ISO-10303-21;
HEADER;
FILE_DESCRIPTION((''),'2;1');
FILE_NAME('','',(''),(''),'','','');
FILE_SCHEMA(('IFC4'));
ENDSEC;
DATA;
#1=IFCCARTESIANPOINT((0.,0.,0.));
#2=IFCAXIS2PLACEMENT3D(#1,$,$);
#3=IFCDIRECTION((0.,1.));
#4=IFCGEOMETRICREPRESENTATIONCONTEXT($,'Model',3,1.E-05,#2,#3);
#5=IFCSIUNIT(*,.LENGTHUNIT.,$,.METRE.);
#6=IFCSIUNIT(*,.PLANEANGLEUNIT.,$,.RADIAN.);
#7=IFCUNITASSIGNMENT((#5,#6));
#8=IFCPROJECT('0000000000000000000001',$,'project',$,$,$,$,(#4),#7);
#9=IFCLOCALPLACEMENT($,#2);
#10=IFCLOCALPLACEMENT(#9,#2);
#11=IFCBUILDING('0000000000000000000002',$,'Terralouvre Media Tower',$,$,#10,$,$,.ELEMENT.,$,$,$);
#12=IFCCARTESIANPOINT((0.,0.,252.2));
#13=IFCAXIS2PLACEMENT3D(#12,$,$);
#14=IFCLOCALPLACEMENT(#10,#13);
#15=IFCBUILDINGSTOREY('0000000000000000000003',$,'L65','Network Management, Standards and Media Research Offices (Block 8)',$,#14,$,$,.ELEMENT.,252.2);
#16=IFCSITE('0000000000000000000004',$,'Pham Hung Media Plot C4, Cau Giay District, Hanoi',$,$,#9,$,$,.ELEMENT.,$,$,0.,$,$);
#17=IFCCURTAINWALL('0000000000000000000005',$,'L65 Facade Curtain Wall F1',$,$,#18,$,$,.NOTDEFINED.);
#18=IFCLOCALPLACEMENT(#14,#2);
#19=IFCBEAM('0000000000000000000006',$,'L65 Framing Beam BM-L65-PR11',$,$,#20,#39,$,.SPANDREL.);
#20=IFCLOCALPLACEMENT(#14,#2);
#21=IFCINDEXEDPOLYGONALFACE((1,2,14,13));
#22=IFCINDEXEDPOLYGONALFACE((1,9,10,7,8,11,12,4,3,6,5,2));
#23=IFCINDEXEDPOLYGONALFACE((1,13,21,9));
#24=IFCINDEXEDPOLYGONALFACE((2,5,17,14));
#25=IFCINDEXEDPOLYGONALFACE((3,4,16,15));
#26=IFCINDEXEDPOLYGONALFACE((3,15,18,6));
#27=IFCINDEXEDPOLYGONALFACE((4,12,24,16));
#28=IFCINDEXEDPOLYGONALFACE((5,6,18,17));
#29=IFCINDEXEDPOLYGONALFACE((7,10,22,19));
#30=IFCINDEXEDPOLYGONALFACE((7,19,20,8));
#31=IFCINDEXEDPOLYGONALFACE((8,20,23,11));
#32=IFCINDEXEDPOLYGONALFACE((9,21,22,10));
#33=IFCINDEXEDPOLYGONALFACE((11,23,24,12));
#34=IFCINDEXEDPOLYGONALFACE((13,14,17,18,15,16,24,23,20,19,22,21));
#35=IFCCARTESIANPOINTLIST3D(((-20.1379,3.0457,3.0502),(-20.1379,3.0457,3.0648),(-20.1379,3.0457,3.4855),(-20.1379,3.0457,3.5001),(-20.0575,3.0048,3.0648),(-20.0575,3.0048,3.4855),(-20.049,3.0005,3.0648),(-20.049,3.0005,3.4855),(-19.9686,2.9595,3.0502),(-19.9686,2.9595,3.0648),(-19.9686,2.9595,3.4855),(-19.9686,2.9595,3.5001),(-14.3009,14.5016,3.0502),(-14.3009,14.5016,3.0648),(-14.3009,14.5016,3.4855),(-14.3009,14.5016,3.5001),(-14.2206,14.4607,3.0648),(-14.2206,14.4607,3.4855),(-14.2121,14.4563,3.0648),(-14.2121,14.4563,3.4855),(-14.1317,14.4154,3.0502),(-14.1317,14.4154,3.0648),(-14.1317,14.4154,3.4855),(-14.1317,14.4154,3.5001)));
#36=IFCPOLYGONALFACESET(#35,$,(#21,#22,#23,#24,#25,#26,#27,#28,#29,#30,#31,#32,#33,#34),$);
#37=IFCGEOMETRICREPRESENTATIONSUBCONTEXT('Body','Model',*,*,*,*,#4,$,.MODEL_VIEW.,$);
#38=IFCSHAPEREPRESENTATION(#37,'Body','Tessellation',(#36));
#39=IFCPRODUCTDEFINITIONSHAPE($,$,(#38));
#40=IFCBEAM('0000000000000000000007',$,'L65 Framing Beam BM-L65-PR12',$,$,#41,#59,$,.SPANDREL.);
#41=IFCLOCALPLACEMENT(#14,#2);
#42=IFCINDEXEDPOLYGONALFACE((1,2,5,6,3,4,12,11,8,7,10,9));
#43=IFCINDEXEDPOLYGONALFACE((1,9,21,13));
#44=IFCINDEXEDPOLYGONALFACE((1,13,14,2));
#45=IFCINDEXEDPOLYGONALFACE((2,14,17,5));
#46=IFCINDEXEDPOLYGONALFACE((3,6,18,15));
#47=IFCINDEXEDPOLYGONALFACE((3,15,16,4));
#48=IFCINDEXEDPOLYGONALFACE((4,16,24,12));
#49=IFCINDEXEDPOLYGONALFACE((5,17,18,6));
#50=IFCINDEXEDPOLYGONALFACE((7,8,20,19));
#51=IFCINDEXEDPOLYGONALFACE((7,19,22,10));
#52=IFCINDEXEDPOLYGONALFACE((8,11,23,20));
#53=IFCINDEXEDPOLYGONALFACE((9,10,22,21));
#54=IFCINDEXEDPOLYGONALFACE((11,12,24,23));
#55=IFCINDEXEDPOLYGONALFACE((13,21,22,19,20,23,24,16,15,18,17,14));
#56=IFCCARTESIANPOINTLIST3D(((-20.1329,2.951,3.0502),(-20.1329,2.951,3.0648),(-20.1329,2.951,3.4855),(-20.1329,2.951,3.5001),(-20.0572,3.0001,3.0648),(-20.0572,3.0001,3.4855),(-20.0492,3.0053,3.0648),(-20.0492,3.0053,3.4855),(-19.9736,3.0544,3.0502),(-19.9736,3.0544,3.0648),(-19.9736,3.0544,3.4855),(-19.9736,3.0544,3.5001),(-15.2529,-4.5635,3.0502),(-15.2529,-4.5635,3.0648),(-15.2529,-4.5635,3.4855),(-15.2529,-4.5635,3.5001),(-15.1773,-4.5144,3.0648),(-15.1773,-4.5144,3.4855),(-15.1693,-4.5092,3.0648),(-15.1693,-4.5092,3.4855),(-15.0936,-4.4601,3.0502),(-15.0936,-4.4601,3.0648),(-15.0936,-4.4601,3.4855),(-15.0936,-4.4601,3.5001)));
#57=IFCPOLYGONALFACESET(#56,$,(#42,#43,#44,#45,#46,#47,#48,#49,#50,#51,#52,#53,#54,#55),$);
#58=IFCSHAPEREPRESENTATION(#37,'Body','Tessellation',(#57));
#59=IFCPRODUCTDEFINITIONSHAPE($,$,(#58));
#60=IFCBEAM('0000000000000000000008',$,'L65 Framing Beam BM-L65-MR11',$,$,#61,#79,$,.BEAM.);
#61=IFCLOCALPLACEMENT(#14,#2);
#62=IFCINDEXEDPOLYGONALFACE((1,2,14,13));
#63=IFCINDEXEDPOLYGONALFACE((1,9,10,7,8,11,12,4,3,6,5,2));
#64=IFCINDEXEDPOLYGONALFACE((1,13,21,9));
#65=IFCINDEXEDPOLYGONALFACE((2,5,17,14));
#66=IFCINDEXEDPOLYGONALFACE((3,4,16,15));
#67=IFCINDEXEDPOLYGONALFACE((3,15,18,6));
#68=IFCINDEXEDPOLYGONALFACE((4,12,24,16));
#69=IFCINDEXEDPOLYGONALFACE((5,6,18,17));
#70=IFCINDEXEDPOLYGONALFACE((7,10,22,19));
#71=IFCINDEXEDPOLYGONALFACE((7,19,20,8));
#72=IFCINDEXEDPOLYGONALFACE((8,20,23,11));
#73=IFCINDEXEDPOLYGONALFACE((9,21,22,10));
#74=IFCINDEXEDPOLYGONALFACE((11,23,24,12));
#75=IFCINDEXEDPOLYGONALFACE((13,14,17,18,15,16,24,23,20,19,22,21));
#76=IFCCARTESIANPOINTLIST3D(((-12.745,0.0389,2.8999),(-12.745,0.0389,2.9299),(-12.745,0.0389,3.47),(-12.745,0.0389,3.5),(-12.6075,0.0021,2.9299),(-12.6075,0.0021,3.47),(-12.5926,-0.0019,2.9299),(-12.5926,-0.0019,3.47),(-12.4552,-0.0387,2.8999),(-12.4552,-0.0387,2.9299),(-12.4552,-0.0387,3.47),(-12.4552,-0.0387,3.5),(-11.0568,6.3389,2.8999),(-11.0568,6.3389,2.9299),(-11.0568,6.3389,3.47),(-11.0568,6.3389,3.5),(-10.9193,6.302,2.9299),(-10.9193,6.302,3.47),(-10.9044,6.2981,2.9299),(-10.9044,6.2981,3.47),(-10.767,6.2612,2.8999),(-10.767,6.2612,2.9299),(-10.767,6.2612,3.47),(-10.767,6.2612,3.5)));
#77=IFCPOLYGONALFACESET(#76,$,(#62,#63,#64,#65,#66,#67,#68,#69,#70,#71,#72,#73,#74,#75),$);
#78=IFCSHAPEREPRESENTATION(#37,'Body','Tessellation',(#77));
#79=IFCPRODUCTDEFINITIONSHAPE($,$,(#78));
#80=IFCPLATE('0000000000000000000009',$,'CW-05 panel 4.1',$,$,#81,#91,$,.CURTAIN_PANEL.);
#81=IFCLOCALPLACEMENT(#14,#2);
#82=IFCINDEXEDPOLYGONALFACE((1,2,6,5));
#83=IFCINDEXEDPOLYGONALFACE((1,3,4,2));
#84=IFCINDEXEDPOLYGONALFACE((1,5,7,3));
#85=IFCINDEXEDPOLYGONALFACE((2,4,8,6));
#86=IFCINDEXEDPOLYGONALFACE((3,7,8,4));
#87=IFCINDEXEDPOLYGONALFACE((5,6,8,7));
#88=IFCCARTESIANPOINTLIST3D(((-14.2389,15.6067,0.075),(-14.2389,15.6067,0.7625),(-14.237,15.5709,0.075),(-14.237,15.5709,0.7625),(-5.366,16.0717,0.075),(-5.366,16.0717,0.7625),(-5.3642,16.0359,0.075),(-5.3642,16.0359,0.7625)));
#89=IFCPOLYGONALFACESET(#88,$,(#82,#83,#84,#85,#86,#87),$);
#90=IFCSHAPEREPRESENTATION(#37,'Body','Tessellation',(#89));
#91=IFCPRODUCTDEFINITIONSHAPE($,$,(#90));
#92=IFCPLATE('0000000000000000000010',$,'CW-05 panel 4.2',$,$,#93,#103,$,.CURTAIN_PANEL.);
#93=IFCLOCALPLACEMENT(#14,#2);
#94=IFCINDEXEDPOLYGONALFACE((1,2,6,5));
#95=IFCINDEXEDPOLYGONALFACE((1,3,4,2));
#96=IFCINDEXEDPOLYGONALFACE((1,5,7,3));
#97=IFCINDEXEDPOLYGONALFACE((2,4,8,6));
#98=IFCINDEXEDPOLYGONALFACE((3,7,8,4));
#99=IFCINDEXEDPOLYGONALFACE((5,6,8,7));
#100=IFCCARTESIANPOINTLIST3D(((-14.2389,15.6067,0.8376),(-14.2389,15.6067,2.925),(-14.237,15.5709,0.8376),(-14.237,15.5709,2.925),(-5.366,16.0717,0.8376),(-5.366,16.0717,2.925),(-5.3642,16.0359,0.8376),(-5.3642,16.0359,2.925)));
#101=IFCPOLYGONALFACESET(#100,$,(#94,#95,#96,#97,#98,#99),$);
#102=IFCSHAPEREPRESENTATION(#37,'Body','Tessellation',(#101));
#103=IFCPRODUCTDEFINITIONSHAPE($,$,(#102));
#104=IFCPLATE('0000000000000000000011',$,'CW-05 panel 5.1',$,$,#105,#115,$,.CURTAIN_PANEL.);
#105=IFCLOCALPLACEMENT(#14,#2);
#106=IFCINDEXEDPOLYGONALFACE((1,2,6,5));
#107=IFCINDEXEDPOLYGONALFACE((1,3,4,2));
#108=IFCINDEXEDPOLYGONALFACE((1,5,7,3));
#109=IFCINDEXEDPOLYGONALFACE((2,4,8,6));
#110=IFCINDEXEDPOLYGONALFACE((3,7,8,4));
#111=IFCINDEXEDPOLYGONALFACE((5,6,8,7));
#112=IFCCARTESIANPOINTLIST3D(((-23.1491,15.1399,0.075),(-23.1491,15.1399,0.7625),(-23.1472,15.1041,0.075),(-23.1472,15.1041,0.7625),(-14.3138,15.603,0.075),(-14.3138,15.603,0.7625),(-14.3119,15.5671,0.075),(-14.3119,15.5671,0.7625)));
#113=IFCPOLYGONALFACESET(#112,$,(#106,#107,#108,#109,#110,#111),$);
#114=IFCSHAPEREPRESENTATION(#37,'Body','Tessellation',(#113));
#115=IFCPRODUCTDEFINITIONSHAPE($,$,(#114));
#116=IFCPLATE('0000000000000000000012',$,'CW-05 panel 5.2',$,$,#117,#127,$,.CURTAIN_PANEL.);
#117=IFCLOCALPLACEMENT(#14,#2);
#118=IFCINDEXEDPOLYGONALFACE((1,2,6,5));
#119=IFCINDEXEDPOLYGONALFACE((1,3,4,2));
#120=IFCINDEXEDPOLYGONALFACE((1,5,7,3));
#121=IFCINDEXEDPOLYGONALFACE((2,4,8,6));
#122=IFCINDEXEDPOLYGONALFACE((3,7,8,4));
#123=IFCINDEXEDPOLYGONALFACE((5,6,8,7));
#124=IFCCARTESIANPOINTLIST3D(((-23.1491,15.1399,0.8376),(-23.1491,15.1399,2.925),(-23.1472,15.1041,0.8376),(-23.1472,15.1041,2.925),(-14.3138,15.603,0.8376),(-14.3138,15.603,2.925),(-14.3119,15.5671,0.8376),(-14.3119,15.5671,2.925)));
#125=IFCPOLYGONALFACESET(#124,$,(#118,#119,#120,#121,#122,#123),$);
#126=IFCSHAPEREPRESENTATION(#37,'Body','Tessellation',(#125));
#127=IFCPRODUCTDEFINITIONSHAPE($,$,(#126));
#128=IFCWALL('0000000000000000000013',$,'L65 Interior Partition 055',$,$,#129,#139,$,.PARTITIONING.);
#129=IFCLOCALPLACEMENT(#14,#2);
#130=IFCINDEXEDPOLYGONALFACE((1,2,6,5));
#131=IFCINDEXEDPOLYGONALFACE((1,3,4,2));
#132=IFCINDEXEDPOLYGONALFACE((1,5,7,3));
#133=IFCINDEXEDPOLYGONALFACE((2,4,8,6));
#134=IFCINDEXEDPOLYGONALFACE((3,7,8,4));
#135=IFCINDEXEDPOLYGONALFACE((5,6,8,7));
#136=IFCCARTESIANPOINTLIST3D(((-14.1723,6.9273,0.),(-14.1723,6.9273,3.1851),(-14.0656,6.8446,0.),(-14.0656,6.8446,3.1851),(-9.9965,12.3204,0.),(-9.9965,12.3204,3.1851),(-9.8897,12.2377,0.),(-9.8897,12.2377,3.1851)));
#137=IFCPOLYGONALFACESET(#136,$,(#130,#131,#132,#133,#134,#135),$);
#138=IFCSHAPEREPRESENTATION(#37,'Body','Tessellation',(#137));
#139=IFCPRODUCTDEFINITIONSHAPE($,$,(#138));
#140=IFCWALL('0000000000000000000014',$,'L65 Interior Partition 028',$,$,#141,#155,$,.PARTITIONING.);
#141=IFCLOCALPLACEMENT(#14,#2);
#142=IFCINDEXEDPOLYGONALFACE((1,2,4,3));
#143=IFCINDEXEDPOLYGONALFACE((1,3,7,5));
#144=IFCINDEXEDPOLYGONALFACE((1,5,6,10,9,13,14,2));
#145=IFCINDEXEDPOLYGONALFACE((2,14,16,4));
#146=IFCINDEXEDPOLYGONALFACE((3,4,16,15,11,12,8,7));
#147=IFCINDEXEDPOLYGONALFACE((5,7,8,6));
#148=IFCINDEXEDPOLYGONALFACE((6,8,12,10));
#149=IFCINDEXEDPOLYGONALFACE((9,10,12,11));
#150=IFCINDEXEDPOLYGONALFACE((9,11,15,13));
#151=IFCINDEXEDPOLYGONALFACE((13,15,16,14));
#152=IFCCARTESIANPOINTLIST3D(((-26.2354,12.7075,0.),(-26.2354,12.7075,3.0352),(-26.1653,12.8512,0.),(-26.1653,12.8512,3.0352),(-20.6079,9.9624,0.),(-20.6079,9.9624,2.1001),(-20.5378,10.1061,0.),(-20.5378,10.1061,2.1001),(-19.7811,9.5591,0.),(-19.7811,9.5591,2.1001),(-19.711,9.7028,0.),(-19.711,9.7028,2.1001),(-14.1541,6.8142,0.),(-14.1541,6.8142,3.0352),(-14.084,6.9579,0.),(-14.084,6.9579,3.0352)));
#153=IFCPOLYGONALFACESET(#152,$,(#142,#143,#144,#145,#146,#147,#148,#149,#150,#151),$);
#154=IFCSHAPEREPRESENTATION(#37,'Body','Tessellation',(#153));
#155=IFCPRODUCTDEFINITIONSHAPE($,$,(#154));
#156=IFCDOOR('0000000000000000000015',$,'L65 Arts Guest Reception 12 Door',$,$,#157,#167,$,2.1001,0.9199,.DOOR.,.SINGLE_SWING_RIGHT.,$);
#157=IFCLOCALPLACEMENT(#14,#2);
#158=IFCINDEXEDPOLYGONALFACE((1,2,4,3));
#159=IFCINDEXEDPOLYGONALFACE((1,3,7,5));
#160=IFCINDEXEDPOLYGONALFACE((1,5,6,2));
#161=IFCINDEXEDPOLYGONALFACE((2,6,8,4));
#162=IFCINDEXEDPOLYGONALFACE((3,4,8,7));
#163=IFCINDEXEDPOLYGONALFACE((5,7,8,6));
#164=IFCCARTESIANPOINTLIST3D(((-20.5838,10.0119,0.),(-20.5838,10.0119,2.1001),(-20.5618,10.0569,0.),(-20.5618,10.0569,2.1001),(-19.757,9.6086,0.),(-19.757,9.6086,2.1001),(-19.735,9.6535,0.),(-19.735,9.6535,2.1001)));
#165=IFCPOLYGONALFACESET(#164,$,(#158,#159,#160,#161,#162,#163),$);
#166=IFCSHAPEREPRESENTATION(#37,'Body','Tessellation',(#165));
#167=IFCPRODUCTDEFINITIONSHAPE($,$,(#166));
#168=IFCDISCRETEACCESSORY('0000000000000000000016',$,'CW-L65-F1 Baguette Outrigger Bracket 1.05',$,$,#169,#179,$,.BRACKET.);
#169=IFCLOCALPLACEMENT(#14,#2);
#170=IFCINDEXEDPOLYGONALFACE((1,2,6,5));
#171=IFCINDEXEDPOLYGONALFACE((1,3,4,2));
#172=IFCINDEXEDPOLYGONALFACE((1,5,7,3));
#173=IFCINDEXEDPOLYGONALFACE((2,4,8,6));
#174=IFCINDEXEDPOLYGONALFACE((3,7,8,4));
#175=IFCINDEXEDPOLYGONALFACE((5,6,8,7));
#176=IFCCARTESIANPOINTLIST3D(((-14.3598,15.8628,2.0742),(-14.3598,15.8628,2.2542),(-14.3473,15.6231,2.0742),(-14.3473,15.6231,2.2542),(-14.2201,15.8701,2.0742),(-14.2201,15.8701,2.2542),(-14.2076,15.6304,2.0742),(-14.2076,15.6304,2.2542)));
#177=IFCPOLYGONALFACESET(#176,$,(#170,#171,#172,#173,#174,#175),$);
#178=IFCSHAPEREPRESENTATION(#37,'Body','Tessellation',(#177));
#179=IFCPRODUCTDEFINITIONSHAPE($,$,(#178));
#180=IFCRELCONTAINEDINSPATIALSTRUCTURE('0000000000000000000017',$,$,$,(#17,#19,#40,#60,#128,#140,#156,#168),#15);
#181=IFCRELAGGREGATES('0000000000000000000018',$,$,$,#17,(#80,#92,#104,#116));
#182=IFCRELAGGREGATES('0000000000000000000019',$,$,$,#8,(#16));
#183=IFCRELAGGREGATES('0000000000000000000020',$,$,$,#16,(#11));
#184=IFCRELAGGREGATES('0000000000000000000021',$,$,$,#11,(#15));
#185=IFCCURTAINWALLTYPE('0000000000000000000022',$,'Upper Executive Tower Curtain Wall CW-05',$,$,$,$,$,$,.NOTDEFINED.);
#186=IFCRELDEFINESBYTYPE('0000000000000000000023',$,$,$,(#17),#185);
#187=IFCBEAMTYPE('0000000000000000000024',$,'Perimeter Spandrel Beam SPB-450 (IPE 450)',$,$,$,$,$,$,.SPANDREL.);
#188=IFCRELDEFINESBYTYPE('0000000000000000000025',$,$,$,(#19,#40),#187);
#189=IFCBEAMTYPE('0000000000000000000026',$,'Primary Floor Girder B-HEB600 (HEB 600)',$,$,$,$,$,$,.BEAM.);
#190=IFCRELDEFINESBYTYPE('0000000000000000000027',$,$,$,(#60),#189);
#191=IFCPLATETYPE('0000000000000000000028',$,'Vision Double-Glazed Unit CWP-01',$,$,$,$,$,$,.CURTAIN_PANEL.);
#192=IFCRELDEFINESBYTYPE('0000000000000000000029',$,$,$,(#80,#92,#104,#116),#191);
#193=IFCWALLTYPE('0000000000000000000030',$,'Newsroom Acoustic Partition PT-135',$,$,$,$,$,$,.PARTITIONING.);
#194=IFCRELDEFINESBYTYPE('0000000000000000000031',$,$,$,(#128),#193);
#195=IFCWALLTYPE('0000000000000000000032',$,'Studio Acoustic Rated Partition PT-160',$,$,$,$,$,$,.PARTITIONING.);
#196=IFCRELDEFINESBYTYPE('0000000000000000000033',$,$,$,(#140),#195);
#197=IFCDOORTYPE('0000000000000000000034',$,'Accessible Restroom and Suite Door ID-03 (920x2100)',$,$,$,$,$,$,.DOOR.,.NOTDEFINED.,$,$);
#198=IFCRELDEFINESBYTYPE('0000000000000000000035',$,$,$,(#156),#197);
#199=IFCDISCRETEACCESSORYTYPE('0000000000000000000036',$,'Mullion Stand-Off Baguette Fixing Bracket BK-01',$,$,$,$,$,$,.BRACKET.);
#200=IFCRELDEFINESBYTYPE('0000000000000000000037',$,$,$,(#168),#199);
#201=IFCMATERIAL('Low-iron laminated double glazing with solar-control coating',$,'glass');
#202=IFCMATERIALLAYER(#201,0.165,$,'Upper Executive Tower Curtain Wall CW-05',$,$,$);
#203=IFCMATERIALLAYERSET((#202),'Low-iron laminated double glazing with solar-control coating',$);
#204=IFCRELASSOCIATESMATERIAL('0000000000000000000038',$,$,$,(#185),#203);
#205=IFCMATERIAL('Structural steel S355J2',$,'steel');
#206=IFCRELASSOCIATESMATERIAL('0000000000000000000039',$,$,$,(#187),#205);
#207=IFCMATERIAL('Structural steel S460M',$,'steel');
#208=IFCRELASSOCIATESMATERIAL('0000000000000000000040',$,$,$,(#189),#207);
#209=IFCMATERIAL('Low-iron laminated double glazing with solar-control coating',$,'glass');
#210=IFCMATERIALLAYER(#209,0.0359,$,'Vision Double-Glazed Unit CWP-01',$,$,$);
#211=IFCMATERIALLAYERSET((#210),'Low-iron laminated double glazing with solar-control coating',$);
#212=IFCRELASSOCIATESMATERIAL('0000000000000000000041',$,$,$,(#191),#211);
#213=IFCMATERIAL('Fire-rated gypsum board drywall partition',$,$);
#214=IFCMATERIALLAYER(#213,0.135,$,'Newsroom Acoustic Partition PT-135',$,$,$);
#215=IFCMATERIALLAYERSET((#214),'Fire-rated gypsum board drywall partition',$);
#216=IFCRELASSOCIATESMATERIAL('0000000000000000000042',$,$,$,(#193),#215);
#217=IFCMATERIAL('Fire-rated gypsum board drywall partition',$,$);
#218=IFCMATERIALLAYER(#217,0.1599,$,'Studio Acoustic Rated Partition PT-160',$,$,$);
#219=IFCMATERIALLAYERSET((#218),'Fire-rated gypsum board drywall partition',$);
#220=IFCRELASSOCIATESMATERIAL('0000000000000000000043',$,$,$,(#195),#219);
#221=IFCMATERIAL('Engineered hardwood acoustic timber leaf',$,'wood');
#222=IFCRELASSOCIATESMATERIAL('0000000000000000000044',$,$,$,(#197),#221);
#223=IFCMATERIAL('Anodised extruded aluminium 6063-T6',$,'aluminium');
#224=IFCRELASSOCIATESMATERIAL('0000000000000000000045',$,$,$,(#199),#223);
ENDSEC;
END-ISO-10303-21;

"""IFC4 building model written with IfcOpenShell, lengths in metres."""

from ifc_helpers import new_model, si_unit, direction, frame, frame_2d, origin, origin_2d, place, context, subcontext, project, spatial, rectangle, i_section, extrude, material, layer, layer_set, material_profile, profile_set, type_object, element, fill, aggregate, save


model = new_model("IFC4")

# Units and contexts
model_context = context("Model", 3, precision=1e-05, world=origin(), true_north=direction((0.0, 1.0)))
body_context = subcontext(model_context, "Body", "Model", "MODEL_VIEW")
ifc_project = project(units=[si_unit("LENGTHUNIT", "METRE"), si_unit("PLANEANGLEUNIT", "RADIAN")], contexts=[model_context])

# Site, building, storey
site_placement = place(None, origin())
site = spatial("IfcSite", under=ifc_project, at=site_placement, Name="Pham Hung Media Plot C4, Cau Giay District, Hanoi", CompositionType="ELEMENT", RefElevation=0.0)
building_placement = place(site_placement, origin())
building = spatial("IfcBuilding", under=site, at=building_placement, Name="Terralouvre Media Tower", CompositionType="ELEMENT")
storey_placement = place(building_placement, frame((0.0, 0.0, 252.2)))
storey = spatial("IfcBuildingStorey", under=building, at=storey_placement, Name="L65", Description="Network Management, Standards and Media Research Offices (Block 8)", CompositionType="ELEMENT", Elevation=252.2)

# Curtain wall
ifc_material_1 = material(Name="Low-iron laminated double glazing with solar-control coating", Category="glass")
ifc_layer_1 = layer(ifc_material_1, 0.165, Name="Upper Executive Tower Curtain Wall CW-05")
ifc_layer_set_1 = layer_set([ifc_layer_1], Name="Low-iron laminated double glazing with solar-control coating")
curtain_wall_type = type_object("IfcCurtainWallType", Name="Upper Executive Tower Curtain Wall CW-05", PredefinedType="NOTDEFINED", material=ifc_layer_set_1)
curtain_wall_1_placement = place(storey_placement, origin())
curtain_wall_1 = element("IfcCurtainWall", 1, at=curtain_wall_1_placement, inside=storey, type_object=curtain_wall_type, Name="L65 Facade Curtain Wall F1", PredefinedType="NOTDEFINED")

# Beams
ifc_material_2 = material(Name="Structural steel S355J2", Category="steel")
ifc_material_profile_1 = material_profile(ifc_material_2, i_section(OverallWidth=0.1899, OverallDepth=0.45, WebThickness=0.0095, FlangeThickness=0.0146, at=origin_2d()), Name="IPE 450")
ifc_profile_set_1 = profile_set([ifc_material_profile_1], Name="Structural steel S355J2")
beam_type_1 = type_object("IfcBeamType", Name="Perimeter Spandrel Beam SPB-450 (IPE 450)", PredefinedType="SPANDREL", material=ifc_profile_set_1)
beam_1_placement = place(storey_placement, frame((-14.2163, 14.4585, 3.2751), z_axis=(-0.453984, -0.89101, 0.0), x_axis=(0.89101, -0.453984, 0.0)))
element("IfcBeam", 2, at=beam_1_placement, inside=storey, type_object=beam_type_1, Name="L65 Framing Beam BM-L65-PR11", PredefinedType="SPANDREL", context=body_context, shape_type="SweptSolid", body=[
    extrude(i_section(OverallWidth=0.1899, OverallDepth=0.45, WebThickness=0.0095, FlangeThickness=0.0146, at=origin_2d()), origin(), (0.0, 0.0, 1.0), 12.8572),
])
beam_2_placement = place(storey_placement, frame((-20.0532, 3.0027, 3.2751), z_axis=(0.544637, -0.838672, 0.0), x_axis=(0.838672, 0.544637, 0.0)))
element("IfcBeam", 3, at=beam_2_placement, inside=storey, type_object=beam_type_1, Name="L65 Framing Beam BM-L65-PR12", PredefinedType="SPANDREL", context=body_context, shape_type="SweptSolid", body=[
    extrude(i_section(OverallWidth=0.1899, OverallDepth=0.45, WebThickness=0.0095, FlangeThickness=0.0146, at=origin_2d()), origin(), (0.0, 0.0, 1.0), 8.96),
])
ifc_material_3 = material(Name="Structural steel S460M", Category="steel")
ifc_material_profile_2 = material_profile(ifc_material_3, i_section(OverallWidth=0.3, OverallDepth=0.6001, WebThickness=0.0154, FlangeThickness=0.03, at=origin_2d()), Name="HEB 600")
ifc_profile_set_2 = profile_set([ifc_material_profile_2], Name="Structural steel S460M")
beam_type_2 = type_object("IfcBeamType", Name="Primary Floor Girder B-HEB600 (HEB 600)", PredefinedType="BEAM", material=ifc_profile_set_2)
beam_3_placement = place(storey_placement, frame((-10.9119, 6.3, 3.2), z_axis=(-0.258839, -0.96592, 0.0), x_axis=(0.96592, -0.258839, 0.0)))
element("IfcBeam", 4, at=beam_3_placement, inside=storey, type_object=beam_type_2, Name="L65 Framing Beam BM-L65-MR11", PredefinedType="BEAM", context=body_context, shape_type="SweptSolid", body=[
    extrude(i_section(OverallWidth=0.3, OverallDepth=0.6001, WebThickness=0.0154, FlangeThickness=0.03, at=origin_2d()), origin(), (0.0, 0.0, 1.0), 6.5222),
])

# Plates
ifc_material_4 = material(Name="Low-iron laminated double glazing with solar-control coating", Category="glass")
ifc_layer_2 = layer(ifc_material_4, 0.0359, Name="Vision Double-Glazed Unit CWP-01")
ifc_layer_set_2 = layer_set([ifc_layer_2], Name="Low-iron laminated double glazing with solar-control coating")
plate_type = type_object("IfcPlateType", Name="Vision Double-Glazed Unit CWP-01", PredefinedType="CURTAIN_PANEL", material=ifc_layer_set_2)
plate_1_placement = place(storey_placement, frame((-9.8015, 15.8213, 0.075), z_axis=(0.0, 0.0, 1.0), x_axis=(-0.99863, -0.052336, 0.0)))
plate_1 = element("IfcPlate", 5, at=plate_1_placement, type_object=plate_type, Name="CW-05 panel 4.1", PredefinedType="CURTAIN_PANEL", context=body_context, shape_type="SweptSolid", body=[
    extrude(rectangle(XDim=8.885, YDim=0.0359, at=origin_2d()), origin(), (0.0, 0.0, 1.0), 0.6875),
])
plate_2_placement = place(storey_placement, frame((-9.8015, 15.8213, 0.8376), z_axis=(0.0, 0.0, 1.0), x_axis=(-0.99863, -0.052336, 0.0)))
plate_2 = element("IfcPlate", 6, at=plate_2_placement, type_object=plate_type, Name="CW-05 panel 4.2", PredefinedType="CURTAIN_PANEL", context=body_context, shape_type="SweptSolid", body=[
    extrude(rectangle(XDim=8.885, YDim=0.0359, at=origin_2d()), origin(), (0.0, 0.0, 1.0), 2.0874),
])
plate_3_placement = place(storey_placement, frame((-18.7305, 15.3535, 0.075), z_axis=(0.0, 0.0, 1.0), x_axis=(-0.99863, -0.052336, 0.0)))
plate_3 = element("IfcPlate", 7, at=plate_3_placement, type_object=plate_type, Name="CW-05 panel 5.1", PredefinedType="CURTAIN_PANEL", context=body_context, shape_type="SweptSolid", body=[
    extrude(rectangle(XDim=8.8474, YDim=0.0359, at=origin_2d()), origin(), (0.0, 0.0, 1.0), 0.6875),
])
plate_4_placement = place(storey_placement, frame((-18.7305, 15.3535, 0.8376), z_axis=(0.0, 0.0, 1.0), x_axis=(-0.99863, -0.052336, 0.0)))
plate_4 = element("IfcPlate", 8, at=plate_4_placement, type_object=plate_type, Name="CW-05 panel 5.2", PredefinedType="CURTAIN_PANEL", context=body_context, shape_type="SweptSolid", body=[
    extrude(rectangle(XDim=8.8474, YDim=0.0359, at=origin_2d()), origin(), (0.0, 0.0, 1.0), 2.0874),
])
aggregate(curtain_wall_1, [plate_1, plate_2, plate_3, plate_4])

# Wall
ifc_material_5 = material(Name="Fire-rated gypsum board drywall partition")
ifc_layer_3 = layer(ifc_material_5, 0.135, Name="Newsroom Acoustic Partition PT-135")
ifc_layer_set_3 = layer_set([ifc_layer_3], Name="Fire-rated gypsum board drywall partition")
wall_type_1 = type_object("IfcWallType", Name="Newsroom Acoustic Partition PT-135", PredefinedType="PARTITIONING", material=ifc_layer_set_3)
wall_1_placement = place(storey_placement, frame((-9.9431, 12.2791, 0.0), z_axis=(0.0, 0.0, 1.0), x_axis=(-0.612219, -0.790688, 0.0)))
element("IfcWall", 9, at=wall_1_placement, inside=storey, type_object=wall_type_1, Name="L65 Interior Partition 055", PredefinedType="PARTITIONING", context=body_context, shape_type="SweptSolid", body=[
    extrude(rectangle(XDim=6.8208, YDim=0.135, at=frame_2d((3.4104, 0.0))), origin(), (0.0, 0.0, 1.0), 3.1851),
])

# Wall, opening, door
ifc_material_6 = material(Name="Fire-rated gypsum board drywall partition")
ifc_layer_4 = layer(ifc_material_6, 0.1599, Name="Studio Acoustic Rated Partition PT-160")
ifc_layer_set_4 = layer_set([ifc_layer_4], Name="Fire-rated gypsum board drywall partition")
wall_type_2 = type_object("IfcWallType", Name="Studio Acoustic Rated Partition PT-160", PredefinedType="PARTITIONING", material=ifc_layer_set_4)
wall_2_placement = place(storey_placement, frame((-14.1189, 6.886, 0.0), z_axis=(0.0, 0.0, 1.0), x_axis=(-0.898769, 0.438423, 0.0)))
wall_2 = element("IfcWall", 10, at=wall_2_placement, inside=storey, type_object=wall_type_2, Name="L65 Interior Partition 028", PredefinedType="PARTITIONING", context=body_context, shape_type="SweptSolid", body=[
    extrude(rectangle(XDim=13.4421, YDim=0.1599, at=frame_2d((6.7212, 0.0))), origin(), (0.0, 0.0, 1.0), 3.0352),
])
opening_placement = place(wall_2_placement, frame((6.261, 0.0, 0.0)))
opening = element("IfcOpeningElement", 11, at=opening_placement, cuts=wall_2, PredefinedType="OPENING", context=body_context, shape_type="SweptSolid", body=[
    extrude(rectangle(XDim=0.9199, YDim=2.1001, at=frame_2d((0.46, 1.05))), frame((0.0, 0.0898, 0.0), z_axis=(0.0, -1.0, 0.0), x_axis=(1.0, 0.0, 0.0)), (0.0, 0.0, 1.0), 0.1799),
])
ifc_material_7 = material(Name="Engineered hardwood acoustic timber leaf", Category="wood")
door_type = type_object("IfcDoorType", Name="Accessible Restroom and Suite Door ID-03 (920x2100)", OperationType="NOTDEFINED", PredefinedType="DOOR", material=ifc_material_7)
door_placement = place(opening_placement, origin())
door = element("IfcDoor", 12, at=door_placement, inside=storey, type_object=door_type, Name="L65 Arts Guest Reception 12 Door", OperationType="SINGLE_SWING_RIGHT", OverallHeight=2.1001, OverallWidth=0.9199, PredefinedType="DOOR", context=body_context, shape_type="SweptSolid", body=[
    extrude(rectangle(XDim=0.9199, YDim=2.1001, at=frame_2d((0.46, 1.05))), frame((0.0, 0.0249, 0.0), z_axis=(0.0, -1.0, 0.0), x_axis=(1.0, 0.0, 0.0)), (0.0, 0.0, 1.0), 0.05),
])
fill(opening, door)

# Discrete accessory
ifc_material_8 = material(Name="Anodised extruded aluminium 6063-T6", Category="aluminium")
discrete_accessory_type = type_object("IfcDiscreteAccessoryType", Name="Mullion Stand-Off Baguette Fixing Bracket BK-01", PredefinedType="BRACKET", material=ifc_material_8)
discrete_accessory_placement = place(storey_placement, frame((-14.2837, 15.7466, 2.0742), z_axis=(0.0, 0.0, 1.0), x_axis=(-0.99863, -0.052336, 0.0)))
element("IfcDiscreteAccessory", 13, at=discrete_accessory_placement, inside=storey, type_object=discrete_accessory_type, Name="CW-L65-F1 Baguette Outrigger Bracket 1.05", PredefinedType="BRACKET", context=body_context, shape_type="SweptSolid", body=[
    extrude(rectangle(XDim=0.1399, YDim=0.24, at=origin_2d()), origin(), (0.0, 0.0, 1.0), 0.1799),
])

save(model, "model.ifc")
